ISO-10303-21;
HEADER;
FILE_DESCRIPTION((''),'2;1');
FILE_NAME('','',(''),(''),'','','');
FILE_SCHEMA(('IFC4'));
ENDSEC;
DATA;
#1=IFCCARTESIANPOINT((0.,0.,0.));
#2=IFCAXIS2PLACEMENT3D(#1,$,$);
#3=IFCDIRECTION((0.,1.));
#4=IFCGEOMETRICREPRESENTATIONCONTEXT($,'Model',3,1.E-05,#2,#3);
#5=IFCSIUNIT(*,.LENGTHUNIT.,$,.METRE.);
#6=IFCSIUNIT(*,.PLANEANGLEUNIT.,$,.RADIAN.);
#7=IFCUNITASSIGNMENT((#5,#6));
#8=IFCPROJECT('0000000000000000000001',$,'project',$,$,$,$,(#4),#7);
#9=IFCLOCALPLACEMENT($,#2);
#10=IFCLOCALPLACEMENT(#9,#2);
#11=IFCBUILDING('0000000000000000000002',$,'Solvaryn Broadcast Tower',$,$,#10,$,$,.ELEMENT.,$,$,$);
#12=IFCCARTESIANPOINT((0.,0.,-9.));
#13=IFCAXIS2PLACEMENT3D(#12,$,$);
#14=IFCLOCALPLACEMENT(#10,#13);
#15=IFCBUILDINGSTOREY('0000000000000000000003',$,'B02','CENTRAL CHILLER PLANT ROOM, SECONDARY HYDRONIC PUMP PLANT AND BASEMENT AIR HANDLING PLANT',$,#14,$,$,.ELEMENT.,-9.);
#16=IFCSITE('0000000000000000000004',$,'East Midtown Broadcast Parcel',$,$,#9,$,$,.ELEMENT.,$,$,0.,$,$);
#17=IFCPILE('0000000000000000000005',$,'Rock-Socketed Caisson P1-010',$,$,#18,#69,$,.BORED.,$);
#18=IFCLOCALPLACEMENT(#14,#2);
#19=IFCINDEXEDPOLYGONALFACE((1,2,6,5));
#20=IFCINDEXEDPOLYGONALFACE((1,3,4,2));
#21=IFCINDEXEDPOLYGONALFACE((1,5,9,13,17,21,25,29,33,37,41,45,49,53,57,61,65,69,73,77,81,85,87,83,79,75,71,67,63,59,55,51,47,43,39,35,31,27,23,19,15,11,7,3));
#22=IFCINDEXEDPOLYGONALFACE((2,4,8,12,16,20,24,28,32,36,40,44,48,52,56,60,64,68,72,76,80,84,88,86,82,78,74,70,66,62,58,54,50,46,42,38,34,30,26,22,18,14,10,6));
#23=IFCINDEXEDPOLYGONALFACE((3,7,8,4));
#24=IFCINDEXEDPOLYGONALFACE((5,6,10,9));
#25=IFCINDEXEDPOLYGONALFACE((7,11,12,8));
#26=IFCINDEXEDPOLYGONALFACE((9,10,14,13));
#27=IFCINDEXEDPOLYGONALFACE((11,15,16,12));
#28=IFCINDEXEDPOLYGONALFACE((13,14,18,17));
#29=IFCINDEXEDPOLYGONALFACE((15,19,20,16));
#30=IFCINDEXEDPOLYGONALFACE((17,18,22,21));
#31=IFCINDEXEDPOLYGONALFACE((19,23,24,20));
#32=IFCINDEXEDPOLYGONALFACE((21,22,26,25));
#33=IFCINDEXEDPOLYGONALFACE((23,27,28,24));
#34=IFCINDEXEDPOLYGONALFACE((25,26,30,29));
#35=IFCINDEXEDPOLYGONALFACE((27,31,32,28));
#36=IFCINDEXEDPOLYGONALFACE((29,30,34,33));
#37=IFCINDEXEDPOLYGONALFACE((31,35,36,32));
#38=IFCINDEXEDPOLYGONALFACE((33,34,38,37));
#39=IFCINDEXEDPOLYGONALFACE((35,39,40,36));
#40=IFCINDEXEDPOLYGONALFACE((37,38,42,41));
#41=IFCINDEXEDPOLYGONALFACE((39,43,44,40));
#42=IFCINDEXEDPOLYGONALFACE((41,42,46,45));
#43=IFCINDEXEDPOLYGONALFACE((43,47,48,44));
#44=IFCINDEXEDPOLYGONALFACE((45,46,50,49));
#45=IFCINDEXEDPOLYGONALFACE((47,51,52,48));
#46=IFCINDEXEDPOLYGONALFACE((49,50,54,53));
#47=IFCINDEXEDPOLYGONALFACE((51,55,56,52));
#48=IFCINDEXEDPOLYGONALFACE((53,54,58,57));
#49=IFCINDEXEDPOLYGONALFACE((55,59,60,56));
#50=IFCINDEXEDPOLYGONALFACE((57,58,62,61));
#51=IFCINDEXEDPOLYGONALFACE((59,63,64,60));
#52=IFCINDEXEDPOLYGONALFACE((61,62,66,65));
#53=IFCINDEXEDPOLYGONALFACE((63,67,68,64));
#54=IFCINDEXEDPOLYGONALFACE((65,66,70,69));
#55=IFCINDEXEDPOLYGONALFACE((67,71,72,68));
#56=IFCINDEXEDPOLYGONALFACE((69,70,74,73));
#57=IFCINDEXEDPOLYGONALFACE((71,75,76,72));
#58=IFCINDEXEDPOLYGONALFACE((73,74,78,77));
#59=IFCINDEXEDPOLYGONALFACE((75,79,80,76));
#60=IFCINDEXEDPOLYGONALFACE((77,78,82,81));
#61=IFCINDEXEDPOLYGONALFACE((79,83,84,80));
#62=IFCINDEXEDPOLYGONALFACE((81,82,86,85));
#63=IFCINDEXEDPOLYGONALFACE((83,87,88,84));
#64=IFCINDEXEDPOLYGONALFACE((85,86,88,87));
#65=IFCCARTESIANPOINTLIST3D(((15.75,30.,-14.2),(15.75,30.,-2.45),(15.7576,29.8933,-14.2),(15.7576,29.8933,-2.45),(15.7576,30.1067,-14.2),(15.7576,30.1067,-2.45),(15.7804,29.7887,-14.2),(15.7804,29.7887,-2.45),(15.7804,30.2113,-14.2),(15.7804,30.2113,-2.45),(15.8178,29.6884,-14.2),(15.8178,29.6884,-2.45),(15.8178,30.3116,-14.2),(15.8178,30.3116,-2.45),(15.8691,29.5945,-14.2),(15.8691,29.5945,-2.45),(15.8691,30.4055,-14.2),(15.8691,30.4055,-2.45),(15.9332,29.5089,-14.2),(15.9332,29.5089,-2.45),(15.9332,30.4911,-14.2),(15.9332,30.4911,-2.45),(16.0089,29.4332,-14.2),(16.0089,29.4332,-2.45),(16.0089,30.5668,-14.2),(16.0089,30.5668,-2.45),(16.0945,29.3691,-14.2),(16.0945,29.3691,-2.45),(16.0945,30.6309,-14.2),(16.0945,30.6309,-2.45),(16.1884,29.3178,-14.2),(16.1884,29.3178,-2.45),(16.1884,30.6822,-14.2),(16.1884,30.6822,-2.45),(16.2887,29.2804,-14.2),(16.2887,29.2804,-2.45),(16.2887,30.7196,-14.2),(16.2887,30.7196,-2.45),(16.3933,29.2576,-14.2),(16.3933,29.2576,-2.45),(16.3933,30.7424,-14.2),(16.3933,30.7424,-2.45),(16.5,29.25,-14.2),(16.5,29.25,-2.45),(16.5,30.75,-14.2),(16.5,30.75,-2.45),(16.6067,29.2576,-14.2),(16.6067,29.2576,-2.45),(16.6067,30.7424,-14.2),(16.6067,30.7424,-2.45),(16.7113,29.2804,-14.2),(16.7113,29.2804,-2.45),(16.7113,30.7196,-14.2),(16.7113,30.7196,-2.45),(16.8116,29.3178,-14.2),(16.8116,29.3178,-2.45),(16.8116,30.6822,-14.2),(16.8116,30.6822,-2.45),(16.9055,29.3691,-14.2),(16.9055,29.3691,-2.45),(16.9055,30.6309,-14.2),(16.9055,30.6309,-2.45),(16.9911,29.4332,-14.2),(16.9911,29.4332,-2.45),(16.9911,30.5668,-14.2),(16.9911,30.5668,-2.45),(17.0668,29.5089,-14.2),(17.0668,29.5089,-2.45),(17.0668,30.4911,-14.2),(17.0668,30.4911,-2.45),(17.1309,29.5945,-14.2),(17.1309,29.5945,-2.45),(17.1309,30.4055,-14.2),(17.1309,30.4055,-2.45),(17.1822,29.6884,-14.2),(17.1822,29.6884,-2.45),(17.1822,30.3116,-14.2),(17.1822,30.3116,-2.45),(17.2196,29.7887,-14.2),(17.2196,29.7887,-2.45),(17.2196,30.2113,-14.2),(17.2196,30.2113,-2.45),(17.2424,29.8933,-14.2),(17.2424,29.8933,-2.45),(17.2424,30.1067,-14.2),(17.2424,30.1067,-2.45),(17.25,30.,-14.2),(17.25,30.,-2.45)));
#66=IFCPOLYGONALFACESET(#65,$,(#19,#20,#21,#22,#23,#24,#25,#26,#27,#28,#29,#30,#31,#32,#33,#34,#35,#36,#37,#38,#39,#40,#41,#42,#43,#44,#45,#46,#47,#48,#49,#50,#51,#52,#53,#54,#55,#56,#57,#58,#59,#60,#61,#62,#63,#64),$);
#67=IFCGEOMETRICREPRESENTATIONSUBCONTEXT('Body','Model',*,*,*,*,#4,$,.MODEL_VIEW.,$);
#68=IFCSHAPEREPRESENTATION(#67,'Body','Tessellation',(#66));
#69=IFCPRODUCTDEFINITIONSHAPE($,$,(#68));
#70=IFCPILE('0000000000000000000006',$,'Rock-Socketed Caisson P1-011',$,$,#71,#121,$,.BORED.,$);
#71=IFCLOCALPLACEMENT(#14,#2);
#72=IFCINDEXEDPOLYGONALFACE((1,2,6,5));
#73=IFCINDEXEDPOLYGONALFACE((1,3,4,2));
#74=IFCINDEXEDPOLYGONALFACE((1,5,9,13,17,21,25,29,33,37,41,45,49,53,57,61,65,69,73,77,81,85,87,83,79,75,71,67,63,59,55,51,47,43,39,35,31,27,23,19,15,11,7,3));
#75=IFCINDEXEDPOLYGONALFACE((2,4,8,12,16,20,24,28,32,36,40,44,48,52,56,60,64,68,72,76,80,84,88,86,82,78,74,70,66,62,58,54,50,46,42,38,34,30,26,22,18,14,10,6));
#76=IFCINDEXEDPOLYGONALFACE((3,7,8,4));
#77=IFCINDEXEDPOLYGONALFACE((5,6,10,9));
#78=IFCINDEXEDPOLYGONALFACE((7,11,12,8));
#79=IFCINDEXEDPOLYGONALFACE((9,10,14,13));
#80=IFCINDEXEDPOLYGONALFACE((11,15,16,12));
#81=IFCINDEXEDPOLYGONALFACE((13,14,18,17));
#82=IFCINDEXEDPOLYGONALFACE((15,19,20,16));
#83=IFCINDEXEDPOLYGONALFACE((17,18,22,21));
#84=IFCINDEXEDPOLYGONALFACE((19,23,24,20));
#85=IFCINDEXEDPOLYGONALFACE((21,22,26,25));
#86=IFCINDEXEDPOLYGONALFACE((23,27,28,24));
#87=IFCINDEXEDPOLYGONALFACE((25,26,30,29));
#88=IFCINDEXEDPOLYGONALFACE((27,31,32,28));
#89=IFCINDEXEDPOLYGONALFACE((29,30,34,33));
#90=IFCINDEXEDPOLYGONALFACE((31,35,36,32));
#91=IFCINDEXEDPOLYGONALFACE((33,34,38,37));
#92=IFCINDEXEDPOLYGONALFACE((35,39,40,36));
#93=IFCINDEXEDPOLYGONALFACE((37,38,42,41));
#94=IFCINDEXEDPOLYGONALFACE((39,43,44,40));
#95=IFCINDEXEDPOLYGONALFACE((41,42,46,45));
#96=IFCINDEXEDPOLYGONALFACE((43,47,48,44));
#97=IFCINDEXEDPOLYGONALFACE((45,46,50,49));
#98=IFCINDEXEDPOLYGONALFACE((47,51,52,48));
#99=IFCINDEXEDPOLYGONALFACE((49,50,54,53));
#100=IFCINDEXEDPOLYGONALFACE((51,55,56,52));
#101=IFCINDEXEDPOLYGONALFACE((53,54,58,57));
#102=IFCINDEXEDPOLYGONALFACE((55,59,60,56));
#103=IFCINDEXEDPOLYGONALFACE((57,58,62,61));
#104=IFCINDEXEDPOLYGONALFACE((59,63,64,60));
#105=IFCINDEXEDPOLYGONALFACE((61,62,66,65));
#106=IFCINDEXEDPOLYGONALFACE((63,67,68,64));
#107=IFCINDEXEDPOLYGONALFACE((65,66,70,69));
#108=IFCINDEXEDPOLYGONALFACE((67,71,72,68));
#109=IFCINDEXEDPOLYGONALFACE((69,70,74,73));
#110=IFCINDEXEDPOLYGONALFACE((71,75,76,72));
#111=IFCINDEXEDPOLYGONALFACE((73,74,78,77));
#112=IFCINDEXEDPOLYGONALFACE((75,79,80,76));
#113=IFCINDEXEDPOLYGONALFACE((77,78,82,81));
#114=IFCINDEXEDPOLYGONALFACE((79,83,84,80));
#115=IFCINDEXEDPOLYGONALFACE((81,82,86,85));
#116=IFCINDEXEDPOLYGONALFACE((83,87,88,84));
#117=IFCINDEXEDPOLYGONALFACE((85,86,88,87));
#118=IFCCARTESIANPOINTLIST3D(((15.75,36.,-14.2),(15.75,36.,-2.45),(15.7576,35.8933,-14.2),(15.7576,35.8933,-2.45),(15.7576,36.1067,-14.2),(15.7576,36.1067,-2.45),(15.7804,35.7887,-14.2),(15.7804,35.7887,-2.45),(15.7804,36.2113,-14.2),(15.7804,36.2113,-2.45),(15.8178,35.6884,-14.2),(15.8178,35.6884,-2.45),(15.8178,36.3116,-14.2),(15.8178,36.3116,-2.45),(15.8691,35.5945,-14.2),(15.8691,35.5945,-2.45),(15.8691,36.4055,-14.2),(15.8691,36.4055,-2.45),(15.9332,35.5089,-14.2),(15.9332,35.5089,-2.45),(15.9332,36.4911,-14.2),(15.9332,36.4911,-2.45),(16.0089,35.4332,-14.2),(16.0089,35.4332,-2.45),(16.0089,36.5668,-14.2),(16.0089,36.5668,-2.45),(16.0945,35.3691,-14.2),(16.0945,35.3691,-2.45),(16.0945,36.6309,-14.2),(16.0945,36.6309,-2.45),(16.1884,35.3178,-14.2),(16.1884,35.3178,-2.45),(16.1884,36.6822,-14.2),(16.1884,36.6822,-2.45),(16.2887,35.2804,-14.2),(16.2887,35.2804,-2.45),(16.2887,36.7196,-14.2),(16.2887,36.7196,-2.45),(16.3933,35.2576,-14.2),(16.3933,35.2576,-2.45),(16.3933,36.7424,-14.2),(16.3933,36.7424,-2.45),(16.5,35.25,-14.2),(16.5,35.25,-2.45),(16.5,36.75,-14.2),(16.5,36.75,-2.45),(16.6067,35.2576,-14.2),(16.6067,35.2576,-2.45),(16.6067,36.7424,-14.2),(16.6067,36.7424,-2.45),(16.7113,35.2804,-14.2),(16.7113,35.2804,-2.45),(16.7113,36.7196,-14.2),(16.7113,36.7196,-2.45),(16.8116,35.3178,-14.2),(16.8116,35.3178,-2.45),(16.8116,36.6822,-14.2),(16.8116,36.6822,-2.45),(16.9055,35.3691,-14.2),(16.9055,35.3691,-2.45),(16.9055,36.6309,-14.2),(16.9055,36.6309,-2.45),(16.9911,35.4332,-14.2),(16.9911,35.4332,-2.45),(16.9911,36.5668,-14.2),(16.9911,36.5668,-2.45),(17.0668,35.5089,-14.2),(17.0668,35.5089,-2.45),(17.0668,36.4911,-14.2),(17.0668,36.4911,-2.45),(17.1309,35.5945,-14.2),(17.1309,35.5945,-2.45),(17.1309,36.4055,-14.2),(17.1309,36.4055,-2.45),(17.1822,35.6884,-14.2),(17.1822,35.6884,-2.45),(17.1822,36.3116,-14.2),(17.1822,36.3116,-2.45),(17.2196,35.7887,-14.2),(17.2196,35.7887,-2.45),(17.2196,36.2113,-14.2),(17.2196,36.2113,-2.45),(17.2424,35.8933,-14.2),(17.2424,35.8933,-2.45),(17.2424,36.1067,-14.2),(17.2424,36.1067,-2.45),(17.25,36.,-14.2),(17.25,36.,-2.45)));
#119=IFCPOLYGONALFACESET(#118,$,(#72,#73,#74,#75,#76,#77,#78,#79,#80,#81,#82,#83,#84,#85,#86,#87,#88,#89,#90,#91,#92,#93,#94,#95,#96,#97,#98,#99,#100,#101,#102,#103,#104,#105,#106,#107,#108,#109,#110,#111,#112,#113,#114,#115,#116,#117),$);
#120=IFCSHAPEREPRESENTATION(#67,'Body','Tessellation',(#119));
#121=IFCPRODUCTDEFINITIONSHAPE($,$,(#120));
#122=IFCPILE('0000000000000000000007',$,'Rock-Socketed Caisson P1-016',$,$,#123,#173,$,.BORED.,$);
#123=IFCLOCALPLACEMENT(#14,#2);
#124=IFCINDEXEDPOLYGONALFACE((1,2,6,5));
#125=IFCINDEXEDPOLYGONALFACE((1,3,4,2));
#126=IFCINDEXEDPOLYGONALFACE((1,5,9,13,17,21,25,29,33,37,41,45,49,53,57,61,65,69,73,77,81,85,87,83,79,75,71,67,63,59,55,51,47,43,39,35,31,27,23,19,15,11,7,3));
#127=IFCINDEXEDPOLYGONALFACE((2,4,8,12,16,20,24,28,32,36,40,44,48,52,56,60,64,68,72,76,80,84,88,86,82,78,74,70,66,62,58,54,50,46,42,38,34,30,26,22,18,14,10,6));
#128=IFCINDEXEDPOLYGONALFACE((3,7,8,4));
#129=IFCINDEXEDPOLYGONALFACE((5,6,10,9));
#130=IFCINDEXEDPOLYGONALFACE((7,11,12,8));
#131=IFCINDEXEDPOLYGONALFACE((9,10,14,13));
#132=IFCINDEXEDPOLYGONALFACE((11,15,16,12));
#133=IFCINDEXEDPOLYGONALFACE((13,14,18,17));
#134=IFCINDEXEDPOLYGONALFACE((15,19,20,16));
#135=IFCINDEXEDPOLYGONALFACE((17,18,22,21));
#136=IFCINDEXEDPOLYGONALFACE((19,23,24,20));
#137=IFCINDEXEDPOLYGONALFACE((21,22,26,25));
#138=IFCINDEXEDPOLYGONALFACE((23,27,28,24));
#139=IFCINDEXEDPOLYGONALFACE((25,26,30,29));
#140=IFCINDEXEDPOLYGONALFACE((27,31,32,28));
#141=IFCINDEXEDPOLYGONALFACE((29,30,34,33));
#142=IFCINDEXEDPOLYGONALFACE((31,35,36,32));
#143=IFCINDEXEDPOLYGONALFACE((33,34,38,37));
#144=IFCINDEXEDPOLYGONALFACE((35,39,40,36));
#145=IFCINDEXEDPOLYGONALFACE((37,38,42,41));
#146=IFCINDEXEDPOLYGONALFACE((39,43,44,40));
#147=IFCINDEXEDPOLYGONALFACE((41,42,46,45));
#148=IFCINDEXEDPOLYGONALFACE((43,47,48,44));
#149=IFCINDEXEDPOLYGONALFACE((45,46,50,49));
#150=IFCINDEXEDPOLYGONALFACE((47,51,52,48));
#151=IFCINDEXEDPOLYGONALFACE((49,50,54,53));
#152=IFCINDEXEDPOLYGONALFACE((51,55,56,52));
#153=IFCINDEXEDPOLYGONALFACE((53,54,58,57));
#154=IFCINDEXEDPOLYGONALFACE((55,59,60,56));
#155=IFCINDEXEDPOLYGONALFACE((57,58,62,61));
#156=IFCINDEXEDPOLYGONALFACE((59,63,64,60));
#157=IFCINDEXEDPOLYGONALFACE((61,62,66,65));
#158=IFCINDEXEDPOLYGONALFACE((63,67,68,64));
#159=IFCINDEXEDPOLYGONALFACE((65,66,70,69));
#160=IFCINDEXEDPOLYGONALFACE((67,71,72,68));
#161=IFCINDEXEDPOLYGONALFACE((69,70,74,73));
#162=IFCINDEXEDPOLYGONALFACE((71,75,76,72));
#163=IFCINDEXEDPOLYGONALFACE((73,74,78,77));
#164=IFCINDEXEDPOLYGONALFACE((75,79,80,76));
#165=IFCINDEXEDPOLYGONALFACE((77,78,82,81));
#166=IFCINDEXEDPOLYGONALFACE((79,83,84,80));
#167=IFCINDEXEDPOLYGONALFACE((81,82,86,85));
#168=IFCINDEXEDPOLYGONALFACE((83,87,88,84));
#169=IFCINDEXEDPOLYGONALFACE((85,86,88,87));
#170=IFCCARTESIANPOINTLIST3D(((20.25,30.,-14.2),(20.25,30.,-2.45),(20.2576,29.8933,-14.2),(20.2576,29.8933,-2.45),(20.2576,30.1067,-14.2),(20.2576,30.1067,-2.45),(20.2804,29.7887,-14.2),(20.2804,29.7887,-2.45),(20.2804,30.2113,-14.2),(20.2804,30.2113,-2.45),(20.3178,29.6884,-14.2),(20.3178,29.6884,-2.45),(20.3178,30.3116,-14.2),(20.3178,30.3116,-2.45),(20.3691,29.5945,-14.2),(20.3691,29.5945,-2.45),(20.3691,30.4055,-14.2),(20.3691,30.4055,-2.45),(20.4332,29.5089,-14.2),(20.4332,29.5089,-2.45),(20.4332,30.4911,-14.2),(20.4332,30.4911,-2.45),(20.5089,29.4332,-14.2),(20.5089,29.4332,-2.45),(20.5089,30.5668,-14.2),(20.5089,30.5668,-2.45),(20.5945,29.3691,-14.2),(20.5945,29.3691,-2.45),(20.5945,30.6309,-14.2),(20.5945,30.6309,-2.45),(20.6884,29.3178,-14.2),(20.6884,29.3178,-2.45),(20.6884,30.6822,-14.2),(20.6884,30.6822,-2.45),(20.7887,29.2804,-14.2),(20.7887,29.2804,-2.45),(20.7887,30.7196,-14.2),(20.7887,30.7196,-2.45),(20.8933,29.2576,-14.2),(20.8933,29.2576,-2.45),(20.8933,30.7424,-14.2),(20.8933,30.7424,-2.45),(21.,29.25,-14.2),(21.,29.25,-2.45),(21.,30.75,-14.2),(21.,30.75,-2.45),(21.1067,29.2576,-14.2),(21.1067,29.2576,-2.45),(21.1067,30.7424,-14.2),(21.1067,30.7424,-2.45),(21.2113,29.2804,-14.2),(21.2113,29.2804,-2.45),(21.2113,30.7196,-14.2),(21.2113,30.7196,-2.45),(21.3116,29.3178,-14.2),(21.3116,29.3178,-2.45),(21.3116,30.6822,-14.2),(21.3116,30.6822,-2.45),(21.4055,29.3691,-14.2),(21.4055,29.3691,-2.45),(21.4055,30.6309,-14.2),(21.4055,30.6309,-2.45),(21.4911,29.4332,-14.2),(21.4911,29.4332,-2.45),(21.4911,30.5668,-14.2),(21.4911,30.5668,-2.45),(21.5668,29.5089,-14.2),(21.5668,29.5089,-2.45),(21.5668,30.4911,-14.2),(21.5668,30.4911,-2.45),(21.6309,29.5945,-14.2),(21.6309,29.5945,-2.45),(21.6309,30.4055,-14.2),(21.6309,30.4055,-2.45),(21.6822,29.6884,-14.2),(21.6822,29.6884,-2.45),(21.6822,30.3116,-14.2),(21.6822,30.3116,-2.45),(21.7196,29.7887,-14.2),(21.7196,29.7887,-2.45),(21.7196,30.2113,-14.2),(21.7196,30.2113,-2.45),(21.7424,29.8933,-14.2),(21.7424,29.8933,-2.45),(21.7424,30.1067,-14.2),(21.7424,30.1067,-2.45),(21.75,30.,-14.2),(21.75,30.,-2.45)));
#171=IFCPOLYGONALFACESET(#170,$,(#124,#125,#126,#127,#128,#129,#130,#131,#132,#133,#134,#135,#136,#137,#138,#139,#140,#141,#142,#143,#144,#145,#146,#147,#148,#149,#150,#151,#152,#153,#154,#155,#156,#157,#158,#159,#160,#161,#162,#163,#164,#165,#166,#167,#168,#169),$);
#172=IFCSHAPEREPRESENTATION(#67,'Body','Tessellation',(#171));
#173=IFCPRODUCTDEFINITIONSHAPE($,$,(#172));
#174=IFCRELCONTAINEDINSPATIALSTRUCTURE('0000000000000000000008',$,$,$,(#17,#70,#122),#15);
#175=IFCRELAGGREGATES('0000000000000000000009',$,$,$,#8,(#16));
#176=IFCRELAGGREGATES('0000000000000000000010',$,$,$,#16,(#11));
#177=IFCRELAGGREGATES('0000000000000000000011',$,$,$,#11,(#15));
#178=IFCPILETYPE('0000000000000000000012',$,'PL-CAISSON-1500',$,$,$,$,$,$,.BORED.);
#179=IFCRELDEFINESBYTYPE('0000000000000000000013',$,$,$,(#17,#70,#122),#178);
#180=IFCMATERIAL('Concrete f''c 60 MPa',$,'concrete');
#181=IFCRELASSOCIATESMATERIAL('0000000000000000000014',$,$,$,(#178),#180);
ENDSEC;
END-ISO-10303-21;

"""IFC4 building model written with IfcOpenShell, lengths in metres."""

from ifc_helpers import new_model, si_unit, direction, frame, origin, origin_2d, place, context, subcontext, project, spatial, circle, extrude, material, material_profile, profile_set, type_object, element, save


model = new_model("IFC4")

# Units and contexts
model_context = context("Model", 3, precision=1e-05, world=origin(), true_north=direction((0.0, 1.0)))
body_context = subcontext(model_context, "Body", "Model", "MODEL_VIEW")
ifc_project = project(units=[si_unit("LENGTHUNIT", "METRE"), si_unit("PLANEANGLEUNIT", "RADIAN")], contexts=[model_context])

# Site, building, storey
site_placement = place(None, origin())
site = spatial("IfcSite", under=ifc_project, at=site_placement, Name="East Midtown Broadcast Parcel", CompositionType="ELEMENT", RefElevation=0.0)
building_placement = place(site_placement, origin())
building = spatial("IfcBuilding", under=site, at=building_placement, Name="Solvaryn Broadcast Tower", CompositionType="ELEMENT")
storey_placement = place(building_placement, frame((0.0, 0.0, -9.0)))
storey = spatial("IfcBuildingStorey", under=building, at=storey_placement, Name="B02", Description="CENTRAL CHILLER PLANT ROOM, SECONDARY HYDRONIC PUMP PLANT AND BASEMENT AIR HANDLING PLANT", CompositionType="ELEMENT", Elevation=-9.0)

# Piles
ifc_material_1 = material(Name="Concrete f'c 60 MPa", Category="concrete")
ifc_material_profile_1 = material_profile(ifc_material_1, circle(Radius=0.75, at=origin_2d()))
ifc_profile_set_1 = profile_set([ifc_material_profile_1], Name="Concrete f'c 60 MPa")
pile_type = type_object("IfcPileType", Name="PL-CAISSON-1500", PredefinedType="BORED", material=ifc_profile_set_1)
for number, where, z_axis, x_axis, name in (
    (1, (16.5, 30.0, -2.45), (0.0, 0.0, -1.0), (1.0, 0.0, 0.0), "Rock-Socketed Caisson P1-010"),
    (2, (16.5, 36.0, -2.45), (0.0, 0.0, -1.0), (1.0, 0.0, 0.0), "Rock-Socketed Caisson P1-011"),
    (3, (21.0, 30.0, -2.45), (0.0, 0.0, -1.0), (1.0, 0.0, 0.0), "Rock-Socketed Caisson P1-016"),
):
    element("IfcPile", number, at=place(storey_placement, frame(where, z_axis=z_axis, x_axis=x_axis)), inside=storey, type_object=pile_type, Name=name, PredefinedType="BORED", context=body_context, shape_type="SweptSolid", body=[
        extrude(circle(Radius=0.75, at=origin_2d()), origin(), (0.0, 0.0, 1.0), 11.75),
    ])

save(model, "model.ifc")
